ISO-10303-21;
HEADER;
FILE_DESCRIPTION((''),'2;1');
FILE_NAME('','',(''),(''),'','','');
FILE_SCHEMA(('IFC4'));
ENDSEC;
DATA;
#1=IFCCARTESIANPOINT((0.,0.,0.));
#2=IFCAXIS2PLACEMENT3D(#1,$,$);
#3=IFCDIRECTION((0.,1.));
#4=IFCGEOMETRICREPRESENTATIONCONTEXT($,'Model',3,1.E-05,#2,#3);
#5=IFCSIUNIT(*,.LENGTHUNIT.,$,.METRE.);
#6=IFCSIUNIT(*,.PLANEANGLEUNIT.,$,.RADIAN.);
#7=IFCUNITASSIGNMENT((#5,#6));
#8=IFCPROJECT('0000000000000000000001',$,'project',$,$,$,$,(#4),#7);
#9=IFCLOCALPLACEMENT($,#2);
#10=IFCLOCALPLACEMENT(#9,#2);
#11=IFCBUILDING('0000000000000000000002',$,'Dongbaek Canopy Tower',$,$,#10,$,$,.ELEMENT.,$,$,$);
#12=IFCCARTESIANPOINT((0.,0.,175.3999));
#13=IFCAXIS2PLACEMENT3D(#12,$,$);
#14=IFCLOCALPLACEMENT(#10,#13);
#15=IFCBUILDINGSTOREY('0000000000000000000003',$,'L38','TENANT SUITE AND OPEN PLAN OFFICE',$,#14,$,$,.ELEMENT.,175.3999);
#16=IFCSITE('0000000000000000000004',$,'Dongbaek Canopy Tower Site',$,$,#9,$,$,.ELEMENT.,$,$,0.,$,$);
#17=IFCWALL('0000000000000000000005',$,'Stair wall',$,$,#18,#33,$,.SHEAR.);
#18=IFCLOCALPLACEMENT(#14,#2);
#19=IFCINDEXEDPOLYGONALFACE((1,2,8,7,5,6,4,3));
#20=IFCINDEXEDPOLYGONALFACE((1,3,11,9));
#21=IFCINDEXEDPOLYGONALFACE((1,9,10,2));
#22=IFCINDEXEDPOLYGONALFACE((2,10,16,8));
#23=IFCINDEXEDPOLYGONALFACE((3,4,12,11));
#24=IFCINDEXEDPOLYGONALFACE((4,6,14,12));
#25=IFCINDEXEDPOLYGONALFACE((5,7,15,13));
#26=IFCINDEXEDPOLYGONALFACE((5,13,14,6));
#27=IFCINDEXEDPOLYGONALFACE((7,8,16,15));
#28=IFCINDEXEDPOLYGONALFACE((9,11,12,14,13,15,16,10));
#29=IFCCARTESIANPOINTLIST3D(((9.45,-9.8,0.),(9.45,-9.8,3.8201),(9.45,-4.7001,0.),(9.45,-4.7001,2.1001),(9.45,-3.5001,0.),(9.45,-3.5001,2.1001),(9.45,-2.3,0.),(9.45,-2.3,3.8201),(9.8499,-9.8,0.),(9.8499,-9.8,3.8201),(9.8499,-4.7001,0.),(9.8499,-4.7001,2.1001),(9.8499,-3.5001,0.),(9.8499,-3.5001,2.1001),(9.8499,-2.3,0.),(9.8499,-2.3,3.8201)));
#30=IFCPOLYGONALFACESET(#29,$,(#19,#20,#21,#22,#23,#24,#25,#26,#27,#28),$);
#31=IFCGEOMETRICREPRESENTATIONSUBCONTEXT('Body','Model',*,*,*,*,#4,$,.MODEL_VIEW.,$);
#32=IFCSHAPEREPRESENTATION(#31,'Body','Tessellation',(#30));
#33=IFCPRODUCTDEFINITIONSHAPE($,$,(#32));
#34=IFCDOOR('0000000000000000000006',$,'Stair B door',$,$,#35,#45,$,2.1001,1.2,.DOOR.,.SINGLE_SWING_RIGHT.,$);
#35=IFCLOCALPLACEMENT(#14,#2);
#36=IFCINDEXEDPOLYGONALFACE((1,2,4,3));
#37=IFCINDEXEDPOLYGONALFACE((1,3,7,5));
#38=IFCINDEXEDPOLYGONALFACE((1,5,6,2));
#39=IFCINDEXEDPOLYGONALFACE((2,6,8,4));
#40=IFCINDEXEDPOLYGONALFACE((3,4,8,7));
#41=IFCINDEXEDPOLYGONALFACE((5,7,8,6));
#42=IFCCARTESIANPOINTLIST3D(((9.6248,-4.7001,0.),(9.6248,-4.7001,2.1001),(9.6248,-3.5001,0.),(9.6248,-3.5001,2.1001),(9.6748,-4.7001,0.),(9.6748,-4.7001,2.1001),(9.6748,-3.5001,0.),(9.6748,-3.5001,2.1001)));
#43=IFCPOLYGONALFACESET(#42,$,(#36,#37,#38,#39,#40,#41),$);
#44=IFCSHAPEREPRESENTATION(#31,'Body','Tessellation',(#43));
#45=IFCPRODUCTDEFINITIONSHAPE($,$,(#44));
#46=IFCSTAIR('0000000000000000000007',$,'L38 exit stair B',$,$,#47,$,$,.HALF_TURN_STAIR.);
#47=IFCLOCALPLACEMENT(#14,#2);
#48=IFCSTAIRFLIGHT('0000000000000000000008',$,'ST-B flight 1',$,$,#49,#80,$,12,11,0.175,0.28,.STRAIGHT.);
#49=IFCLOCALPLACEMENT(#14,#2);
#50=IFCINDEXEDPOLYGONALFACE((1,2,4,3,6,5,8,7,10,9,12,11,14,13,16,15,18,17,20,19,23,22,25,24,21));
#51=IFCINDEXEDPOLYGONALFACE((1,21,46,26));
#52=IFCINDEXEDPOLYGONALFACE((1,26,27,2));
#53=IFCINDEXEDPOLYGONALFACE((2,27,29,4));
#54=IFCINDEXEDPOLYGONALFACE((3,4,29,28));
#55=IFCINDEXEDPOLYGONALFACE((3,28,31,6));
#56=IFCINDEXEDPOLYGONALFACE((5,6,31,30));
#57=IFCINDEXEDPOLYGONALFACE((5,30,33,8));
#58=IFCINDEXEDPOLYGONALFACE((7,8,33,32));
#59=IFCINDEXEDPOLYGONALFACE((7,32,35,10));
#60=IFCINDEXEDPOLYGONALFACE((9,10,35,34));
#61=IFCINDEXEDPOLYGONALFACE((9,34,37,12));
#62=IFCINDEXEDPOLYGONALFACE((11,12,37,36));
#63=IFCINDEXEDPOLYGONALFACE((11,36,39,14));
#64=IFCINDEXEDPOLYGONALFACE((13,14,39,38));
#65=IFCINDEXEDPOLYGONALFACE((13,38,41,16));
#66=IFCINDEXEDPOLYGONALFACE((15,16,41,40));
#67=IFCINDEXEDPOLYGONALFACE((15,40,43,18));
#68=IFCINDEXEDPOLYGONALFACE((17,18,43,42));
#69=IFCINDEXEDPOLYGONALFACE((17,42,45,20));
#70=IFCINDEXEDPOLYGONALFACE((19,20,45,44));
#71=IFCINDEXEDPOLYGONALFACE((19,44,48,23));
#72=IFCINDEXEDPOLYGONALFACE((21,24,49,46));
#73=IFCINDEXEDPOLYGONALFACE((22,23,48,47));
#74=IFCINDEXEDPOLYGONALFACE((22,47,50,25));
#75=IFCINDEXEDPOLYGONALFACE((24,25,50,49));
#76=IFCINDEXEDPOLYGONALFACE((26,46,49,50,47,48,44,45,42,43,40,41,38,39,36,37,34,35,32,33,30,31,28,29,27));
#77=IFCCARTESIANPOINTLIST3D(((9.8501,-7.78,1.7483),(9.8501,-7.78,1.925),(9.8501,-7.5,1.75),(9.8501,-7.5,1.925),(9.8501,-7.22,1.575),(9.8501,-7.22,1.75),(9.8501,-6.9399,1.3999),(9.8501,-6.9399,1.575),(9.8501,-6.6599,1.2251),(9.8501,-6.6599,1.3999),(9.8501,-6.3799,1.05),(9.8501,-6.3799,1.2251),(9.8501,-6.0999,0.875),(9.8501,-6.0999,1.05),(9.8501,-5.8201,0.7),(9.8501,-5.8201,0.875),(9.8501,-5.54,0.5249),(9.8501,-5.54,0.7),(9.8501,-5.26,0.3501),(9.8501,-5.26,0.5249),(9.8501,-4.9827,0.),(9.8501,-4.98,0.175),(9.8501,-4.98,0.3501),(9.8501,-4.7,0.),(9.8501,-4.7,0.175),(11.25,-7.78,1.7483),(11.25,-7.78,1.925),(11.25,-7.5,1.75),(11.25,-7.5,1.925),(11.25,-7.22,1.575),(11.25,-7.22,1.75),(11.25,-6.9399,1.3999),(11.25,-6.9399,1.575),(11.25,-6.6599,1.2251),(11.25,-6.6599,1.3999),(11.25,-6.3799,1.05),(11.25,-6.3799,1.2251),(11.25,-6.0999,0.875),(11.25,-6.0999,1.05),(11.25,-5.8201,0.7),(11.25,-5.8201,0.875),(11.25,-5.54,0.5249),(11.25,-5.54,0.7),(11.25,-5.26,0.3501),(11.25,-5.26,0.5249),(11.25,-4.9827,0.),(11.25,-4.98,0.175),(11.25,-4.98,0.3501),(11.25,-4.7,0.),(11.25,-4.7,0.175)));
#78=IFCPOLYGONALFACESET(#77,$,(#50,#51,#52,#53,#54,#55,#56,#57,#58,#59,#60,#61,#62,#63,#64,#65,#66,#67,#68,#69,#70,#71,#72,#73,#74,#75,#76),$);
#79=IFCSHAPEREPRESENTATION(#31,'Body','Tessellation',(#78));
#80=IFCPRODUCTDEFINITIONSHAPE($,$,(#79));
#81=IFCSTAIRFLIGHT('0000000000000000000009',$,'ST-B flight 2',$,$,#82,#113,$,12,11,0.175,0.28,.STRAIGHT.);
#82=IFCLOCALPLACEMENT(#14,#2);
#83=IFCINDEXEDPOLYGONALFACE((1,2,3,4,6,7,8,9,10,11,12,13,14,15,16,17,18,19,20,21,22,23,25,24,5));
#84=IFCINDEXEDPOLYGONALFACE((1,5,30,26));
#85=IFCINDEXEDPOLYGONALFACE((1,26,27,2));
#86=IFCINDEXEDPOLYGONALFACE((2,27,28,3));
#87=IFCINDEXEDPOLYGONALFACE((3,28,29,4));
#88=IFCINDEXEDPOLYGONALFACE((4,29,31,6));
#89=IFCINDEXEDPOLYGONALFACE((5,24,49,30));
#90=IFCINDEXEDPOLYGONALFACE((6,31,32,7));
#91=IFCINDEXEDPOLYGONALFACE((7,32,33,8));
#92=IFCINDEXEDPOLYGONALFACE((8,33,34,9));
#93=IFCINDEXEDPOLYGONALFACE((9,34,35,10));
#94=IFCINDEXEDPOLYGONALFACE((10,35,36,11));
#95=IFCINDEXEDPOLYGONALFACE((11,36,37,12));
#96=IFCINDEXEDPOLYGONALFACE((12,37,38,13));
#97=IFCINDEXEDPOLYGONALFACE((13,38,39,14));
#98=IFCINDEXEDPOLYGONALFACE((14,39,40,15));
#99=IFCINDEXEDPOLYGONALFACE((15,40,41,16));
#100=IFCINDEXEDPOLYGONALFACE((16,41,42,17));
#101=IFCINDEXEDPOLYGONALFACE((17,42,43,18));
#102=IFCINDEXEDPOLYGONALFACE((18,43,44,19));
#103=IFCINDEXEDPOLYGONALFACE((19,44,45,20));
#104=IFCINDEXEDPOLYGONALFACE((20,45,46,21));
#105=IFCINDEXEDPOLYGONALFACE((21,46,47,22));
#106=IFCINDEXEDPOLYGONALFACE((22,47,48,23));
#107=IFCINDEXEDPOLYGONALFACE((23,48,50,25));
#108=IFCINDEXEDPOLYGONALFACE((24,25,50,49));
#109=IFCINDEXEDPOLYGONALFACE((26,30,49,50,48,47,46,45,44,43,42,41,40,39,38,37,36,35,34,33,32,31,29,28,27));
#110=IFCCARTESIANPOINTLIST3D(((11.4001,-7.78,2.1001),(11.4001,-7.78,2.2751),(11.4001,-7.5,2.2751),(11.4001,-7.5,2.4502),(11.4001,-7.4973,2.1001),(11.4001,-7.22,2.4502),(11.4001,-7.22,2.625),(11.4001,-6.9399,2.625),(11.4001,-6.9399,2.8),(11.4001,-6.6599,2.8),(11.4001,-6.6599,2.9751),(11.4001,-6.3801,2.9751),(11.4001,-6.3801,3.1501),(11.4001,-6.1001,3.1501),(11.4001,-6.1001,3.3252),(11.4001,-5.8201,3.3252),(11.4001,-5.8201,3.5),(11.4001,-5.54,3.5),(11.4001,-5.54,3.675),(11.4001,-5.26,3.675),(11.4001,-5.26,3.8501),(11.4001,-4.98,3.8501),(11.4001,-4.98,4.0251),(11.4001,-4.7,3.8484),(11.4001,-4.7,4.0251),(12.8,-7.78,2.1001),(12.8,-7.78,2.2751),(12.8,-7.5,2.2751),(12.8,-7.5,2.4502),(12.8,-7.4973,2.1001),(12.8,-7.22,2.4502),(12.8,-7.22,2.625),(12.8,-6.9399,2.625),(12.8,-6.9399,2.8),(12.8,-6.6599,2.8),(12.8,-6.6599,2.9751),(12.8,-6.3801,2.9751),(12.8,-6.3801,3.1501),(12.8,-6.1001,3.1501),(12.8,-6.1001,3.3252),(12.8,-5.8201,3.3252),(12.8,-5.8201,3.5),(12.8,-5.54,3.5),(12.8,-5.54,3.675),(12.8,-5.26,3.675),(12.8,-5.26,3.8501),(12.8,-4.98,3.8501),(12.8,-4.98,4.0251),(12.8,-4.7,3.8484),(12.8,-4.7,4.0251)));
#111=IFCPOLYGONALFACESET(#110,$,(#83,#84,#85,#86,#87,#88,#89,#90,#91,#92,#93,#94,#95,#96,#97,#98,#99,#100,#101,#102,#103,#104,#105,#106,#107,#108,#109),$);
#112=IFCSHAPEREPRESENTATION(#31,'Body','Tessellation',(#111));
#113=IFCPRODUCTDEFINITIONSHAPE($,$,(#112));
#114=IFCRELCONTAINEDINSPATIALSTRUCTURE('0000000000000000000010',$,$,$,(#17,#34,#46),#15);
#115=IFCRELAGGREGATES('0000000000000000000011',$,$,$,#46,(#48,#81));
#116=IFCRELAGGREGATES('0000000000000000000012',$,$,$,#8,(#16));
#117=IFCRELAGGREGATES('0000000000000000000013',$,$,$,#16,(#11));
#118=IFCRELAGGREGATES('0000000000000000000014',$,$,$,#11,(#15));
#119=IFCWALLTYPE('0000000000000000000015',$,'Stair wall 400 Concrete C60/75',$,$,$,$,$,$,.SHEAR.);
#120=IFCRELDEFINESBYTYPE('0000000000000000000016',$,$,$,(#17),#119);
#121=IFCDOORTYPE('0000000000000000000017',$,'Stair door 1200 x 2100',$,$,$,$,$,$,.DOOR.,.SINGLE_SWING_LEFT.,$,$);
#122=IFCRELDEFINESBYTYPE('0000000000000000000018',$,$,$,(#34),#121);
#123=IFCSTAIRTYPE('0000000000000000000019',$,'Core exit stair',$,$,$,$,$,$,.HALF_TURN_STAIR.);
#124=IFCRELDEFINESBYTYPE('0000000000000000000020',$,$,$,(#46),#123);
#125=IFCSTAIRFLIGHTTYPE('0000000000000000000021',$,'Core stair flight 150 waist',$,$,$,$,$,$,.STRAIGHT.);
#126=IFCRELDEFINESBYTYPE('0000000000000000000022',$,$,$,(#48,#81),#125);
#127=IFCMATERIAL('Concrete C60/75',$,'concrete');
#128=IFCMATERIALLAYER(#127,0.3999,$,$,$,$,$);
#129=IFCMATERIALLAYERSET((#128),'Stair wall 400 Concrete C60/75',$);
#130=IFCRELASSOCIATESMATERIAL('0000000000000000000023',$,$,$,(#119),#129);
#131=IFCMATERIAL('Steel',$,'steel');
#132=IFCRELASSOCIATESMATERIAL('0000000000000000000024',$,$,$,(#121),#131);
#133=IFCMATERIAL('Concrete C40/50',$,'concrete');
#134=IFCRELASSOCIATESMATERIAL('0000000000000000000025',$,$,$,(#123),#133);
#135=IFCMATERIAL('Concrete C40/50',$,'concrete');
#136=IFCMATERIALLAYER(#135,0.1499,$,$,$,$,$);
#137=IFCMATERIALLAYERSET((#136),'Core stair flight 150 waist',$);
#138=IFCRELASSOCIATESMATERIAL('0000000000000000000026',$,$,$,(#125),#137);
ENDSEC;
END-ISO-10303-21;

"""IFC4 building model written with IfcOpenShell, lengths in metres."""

from ifc_helpers import new_model, si_unit, direction, frame, frame_2d, origin, place, context, subcontext, project, spatial, polyline, rectangle, outline, extrude, material, layer, layer_set, type_object, element, fill, aggregate, save


model = new_model("IFC4")

# Units and contexts
model_context = context("Model", 3, precision=1e-05, world=origin(), true_north=direction((0.0, 1.0)))
body_context = subcontext(model_context, "Body", "Model", "MODEL_VIEW")
ifc_project = project(units=[si_unit("LENGTHUNIT", "METRE"), si_unit("PLANEANGLEUNIT", "RADIAN")], contexts=[model_context])

# Site, building, storey
site_placement = place(None, origin())
site = spatial("IfcSite", under=ifc_project, at=site_placement, Name="Dongbaek Canopy Tower Site", CompositionType="ELEMENT", RefElevation=0.0)
building_placement = place(site_placement, origin())
building = spatial("IfcBuilding", under=site, at=building_placement, Name="Dongbaek Canopy Tower", CompositionType="ELEMENT")
storey_placement = place(building_placement, frame((0.0, 0.0, 175.3999)))
storey = spatial("IfcBuildingStorey", under=building, at=storey_placement, Name="L38", Description="TENANT SUITE AND OPEN PLAN OFFICE", CompositionType="ELEMENT", Elevation=175.3999)

# Wall, opening, door
ifc_material_1 = material(Name="Concrete C60/75", Category="concrete")
ifc_layer_1 = layer(ifc_material_1, 0.3999)
ifc_layer_set_1 = layer_set([ifc_layer_1], Name="Stair wall 400 Concrete C60/75")
wall_type_1 = type_object("IfcWallType", Name="Stair wall 400 Concrete C60/75", PredefinedType="SHEAR", material=ifc_layer_set_1)
wall_1_placement = place(storey_placement, frame((9.6499, -2.3, 0.0), z_axis=(0.0, 0.0, 1.0), x_axis=(0.0, -1.0, 0.0)))
wall_1 = element("IfcWall", 1, at=wall_1_placement, inside=storey, type_object=wall_type_1, Name="Stair wall", PredefinedType="SHEAR", context=body_context, shape_type="SweptSolid", body=[
    extrude(rectangle(XDim=7.5, YDim=0.3999, at=frame_2d((3.75, 0.0))), origin(), (0.0, 0.0, 1.0), 3.8201),
])
opening_1_placement = place(wall_1_placement, frame((1.2, 0.0, 0.0)))
opening_1 = element("IfcOpeningElement", 2, at=opening_1_placement, cuts=wall_1, PredefinedType="OPENING", context=body_context, shape_type="SweptSolid", body=[
    extrude(rectangle(XDim=1.2, YDim=2.1001, at=frame_2d((0.6001, 1.05))), frame((0.0, 0.21, 0.0), z_axis=(0.0, -1.0, 0.0), x_axis=(1.0, 0.0, 0.0)), (0.0, 0.0, 1.0), 0.4199),
])
ifc_material_2 = material(Name="Steel", Category="steel")
door_type_1 = type_object("IfcDoorType", Name="Stair door 1200 x 2100", OperationType="SINGLE_SWING_LEFT", PredefinedType="DOOR", material=ifc_material_2)
door_1_placement = place(opening_1_placement, origin())
door_1 = element("IfcDoor", 3, at=door_1_placement, inside=storey, type_object=door_type_1, Name="Stair B door", OperationType="SINGLE_SWING_RIGHT", OverallHeight=2.1001, OverallWidth=1.2, PredefinedType="DOOR", context=body_context, shape_type="SweptSolid", body=[
    extrude(rectangle(XDim=1.2, YDim=2.1001, at=frame_2d((0.6001, 1.05))), frame((0.0, 0.0249, 0.0), z_axis=(0.0, -1.0, 0.0), x_axis=(1.0, 0.0, 0.0)), (0.0, 0.0, 1.0), 0.05),
])
fill(opening_1, door_1)

# Stair, stair flights
ifc_material_3 = material(Name="Concrete C40/50", Category="concrete")
stair_type = type_object("IfcStairType", Name="Core exit stair", PredefinedType="HALF_TURN_STAIR", material=ifc_material_3)
stair_placement = place(storey_placement, origin())
stair = element("IfcStair", 4, at=stair_placement, inside=storey, type_object=stair_type, Name="L38 exit stair B", PredefinedType="HALF_TURN_STAIR")
ifc_material_4 = material(Name="Concrete C40/50", Category="concrete")
ifc_layer_2 = layer(ifc_material_4, 0.1499)
ifc_layer_set_2 = layer_set([ifc_layer_2], Name="Core stair flight 150 waist")
stair_flight_type = type_object("IfcStairFlightType", Name="Core stair flight 150 waist", PredefinedType="STRAIGHT", material=ifc_layer_set_2)
stair_flight_1_placement = place(storey_placement, frame((10.55, -4.7, 0.0), z_axis=(0.0, 0.0, 1.0), x_axis=(0.0, -1.0, 0.0)))
stair_flight_1 = element("IfcStairFlight", 5, at=stair_flight_1_placement, type_object=stair_flight_type, Name="ST-B flight 1", NumberOfRisers=12, NumberOfTreads=11, PredefinedType="STRAIGHT", RiserHeight=0.175, TreadLength=0.28, context=body_context, shape_type="SweptSolid", body=[
    extrude(outline(polyline([(0.0, 0.0), (0.0, 0.175), (0.28, 0.175), (0.28, 0.3501), (0.5601, 0.3501), (0.5601, 0.5249), (0.8401, 0.5249), (0.8401, 0.7), (1.1201, 0.7), (1.1201, 0.875), (1.3999, 0.875), (1.3999, 1.05), (1.6799, 1.05), (1.6799, 1.2251), (1.96, 1.2251), (1.96, 1.3999), (2.24, 1.3999), (2.24, 1.575), (2.52, 1.575), (2.52, 1.75), (2.8, 1.75), (2.8, 1.925), (3.0801, 1.925), (3.0801, 2.1001), (3.0801, 1.7483), (0.2827, 0.0), (0.0, 0.0)])), frame((0.0, 0.7, 0.0), z_axis=(0.0, -1.0, 0.0), x_axis=(1.0, 0.0, 0.0)), (0.0, 0.0, 1.0), 1.3999),
])
stair_flight_2_placement = place(storey_placement, frame((12.1001, -7.78, 2.1001), z_axis=(0.0, 0.0, 1.0), x_axis=(0.0, 1.0, 0.0)))
stair_flight_2 = element("IfcStairFlight", 6, at=stair_flight_2_placement, type_object=stair_flight_type, Name="ST-B flight 2", NumberOfRisers=12, NumberOfTreads=11, PredefinedType="STRAIGHT", RiserHeight=0.175, TreadLength=0.28, context=body_context, shape_type="SweptSolid", body=[
    extrude(outline(polyline([(0.0, 0.0), (0.0, 0.175), (0.28, 0.175), (0.28, 0.3501), (0.5601, 0.3501), (0.5601, 0.5249), (0.8401, 0.5249), (0.8401, 0.7), (1.1201, 0.7), (1.1201, 0.875), (1.3999, 0.875), (1.3999, 1.05), (1.6799, 1.05), (1.6799, 1.2251), (1.96, 1.2251), (1.96, 1.3999), (2.24, 1.3999), (2.24, 1.575), (2.52, 1.575), (2.52, 1.75), (2.8, 1.75), (2.8, 1.925), (3.0801, 1.925), (3.0801, 2.1001), (3.0801, 1.7483), (0.2827, 0.0), (0.0, 0.0)])), frame((0.0, 0.7, 0.0), z_axis=(0.0, -1.0, 0.0), x_axis=(1.0, 0.0, 0.0)), (0.0, 0.0, 1.0), 1.3999),
])
aggregate(stair, [stair_flight_1, stair_flight_2])

save(model, "model.ifc")
